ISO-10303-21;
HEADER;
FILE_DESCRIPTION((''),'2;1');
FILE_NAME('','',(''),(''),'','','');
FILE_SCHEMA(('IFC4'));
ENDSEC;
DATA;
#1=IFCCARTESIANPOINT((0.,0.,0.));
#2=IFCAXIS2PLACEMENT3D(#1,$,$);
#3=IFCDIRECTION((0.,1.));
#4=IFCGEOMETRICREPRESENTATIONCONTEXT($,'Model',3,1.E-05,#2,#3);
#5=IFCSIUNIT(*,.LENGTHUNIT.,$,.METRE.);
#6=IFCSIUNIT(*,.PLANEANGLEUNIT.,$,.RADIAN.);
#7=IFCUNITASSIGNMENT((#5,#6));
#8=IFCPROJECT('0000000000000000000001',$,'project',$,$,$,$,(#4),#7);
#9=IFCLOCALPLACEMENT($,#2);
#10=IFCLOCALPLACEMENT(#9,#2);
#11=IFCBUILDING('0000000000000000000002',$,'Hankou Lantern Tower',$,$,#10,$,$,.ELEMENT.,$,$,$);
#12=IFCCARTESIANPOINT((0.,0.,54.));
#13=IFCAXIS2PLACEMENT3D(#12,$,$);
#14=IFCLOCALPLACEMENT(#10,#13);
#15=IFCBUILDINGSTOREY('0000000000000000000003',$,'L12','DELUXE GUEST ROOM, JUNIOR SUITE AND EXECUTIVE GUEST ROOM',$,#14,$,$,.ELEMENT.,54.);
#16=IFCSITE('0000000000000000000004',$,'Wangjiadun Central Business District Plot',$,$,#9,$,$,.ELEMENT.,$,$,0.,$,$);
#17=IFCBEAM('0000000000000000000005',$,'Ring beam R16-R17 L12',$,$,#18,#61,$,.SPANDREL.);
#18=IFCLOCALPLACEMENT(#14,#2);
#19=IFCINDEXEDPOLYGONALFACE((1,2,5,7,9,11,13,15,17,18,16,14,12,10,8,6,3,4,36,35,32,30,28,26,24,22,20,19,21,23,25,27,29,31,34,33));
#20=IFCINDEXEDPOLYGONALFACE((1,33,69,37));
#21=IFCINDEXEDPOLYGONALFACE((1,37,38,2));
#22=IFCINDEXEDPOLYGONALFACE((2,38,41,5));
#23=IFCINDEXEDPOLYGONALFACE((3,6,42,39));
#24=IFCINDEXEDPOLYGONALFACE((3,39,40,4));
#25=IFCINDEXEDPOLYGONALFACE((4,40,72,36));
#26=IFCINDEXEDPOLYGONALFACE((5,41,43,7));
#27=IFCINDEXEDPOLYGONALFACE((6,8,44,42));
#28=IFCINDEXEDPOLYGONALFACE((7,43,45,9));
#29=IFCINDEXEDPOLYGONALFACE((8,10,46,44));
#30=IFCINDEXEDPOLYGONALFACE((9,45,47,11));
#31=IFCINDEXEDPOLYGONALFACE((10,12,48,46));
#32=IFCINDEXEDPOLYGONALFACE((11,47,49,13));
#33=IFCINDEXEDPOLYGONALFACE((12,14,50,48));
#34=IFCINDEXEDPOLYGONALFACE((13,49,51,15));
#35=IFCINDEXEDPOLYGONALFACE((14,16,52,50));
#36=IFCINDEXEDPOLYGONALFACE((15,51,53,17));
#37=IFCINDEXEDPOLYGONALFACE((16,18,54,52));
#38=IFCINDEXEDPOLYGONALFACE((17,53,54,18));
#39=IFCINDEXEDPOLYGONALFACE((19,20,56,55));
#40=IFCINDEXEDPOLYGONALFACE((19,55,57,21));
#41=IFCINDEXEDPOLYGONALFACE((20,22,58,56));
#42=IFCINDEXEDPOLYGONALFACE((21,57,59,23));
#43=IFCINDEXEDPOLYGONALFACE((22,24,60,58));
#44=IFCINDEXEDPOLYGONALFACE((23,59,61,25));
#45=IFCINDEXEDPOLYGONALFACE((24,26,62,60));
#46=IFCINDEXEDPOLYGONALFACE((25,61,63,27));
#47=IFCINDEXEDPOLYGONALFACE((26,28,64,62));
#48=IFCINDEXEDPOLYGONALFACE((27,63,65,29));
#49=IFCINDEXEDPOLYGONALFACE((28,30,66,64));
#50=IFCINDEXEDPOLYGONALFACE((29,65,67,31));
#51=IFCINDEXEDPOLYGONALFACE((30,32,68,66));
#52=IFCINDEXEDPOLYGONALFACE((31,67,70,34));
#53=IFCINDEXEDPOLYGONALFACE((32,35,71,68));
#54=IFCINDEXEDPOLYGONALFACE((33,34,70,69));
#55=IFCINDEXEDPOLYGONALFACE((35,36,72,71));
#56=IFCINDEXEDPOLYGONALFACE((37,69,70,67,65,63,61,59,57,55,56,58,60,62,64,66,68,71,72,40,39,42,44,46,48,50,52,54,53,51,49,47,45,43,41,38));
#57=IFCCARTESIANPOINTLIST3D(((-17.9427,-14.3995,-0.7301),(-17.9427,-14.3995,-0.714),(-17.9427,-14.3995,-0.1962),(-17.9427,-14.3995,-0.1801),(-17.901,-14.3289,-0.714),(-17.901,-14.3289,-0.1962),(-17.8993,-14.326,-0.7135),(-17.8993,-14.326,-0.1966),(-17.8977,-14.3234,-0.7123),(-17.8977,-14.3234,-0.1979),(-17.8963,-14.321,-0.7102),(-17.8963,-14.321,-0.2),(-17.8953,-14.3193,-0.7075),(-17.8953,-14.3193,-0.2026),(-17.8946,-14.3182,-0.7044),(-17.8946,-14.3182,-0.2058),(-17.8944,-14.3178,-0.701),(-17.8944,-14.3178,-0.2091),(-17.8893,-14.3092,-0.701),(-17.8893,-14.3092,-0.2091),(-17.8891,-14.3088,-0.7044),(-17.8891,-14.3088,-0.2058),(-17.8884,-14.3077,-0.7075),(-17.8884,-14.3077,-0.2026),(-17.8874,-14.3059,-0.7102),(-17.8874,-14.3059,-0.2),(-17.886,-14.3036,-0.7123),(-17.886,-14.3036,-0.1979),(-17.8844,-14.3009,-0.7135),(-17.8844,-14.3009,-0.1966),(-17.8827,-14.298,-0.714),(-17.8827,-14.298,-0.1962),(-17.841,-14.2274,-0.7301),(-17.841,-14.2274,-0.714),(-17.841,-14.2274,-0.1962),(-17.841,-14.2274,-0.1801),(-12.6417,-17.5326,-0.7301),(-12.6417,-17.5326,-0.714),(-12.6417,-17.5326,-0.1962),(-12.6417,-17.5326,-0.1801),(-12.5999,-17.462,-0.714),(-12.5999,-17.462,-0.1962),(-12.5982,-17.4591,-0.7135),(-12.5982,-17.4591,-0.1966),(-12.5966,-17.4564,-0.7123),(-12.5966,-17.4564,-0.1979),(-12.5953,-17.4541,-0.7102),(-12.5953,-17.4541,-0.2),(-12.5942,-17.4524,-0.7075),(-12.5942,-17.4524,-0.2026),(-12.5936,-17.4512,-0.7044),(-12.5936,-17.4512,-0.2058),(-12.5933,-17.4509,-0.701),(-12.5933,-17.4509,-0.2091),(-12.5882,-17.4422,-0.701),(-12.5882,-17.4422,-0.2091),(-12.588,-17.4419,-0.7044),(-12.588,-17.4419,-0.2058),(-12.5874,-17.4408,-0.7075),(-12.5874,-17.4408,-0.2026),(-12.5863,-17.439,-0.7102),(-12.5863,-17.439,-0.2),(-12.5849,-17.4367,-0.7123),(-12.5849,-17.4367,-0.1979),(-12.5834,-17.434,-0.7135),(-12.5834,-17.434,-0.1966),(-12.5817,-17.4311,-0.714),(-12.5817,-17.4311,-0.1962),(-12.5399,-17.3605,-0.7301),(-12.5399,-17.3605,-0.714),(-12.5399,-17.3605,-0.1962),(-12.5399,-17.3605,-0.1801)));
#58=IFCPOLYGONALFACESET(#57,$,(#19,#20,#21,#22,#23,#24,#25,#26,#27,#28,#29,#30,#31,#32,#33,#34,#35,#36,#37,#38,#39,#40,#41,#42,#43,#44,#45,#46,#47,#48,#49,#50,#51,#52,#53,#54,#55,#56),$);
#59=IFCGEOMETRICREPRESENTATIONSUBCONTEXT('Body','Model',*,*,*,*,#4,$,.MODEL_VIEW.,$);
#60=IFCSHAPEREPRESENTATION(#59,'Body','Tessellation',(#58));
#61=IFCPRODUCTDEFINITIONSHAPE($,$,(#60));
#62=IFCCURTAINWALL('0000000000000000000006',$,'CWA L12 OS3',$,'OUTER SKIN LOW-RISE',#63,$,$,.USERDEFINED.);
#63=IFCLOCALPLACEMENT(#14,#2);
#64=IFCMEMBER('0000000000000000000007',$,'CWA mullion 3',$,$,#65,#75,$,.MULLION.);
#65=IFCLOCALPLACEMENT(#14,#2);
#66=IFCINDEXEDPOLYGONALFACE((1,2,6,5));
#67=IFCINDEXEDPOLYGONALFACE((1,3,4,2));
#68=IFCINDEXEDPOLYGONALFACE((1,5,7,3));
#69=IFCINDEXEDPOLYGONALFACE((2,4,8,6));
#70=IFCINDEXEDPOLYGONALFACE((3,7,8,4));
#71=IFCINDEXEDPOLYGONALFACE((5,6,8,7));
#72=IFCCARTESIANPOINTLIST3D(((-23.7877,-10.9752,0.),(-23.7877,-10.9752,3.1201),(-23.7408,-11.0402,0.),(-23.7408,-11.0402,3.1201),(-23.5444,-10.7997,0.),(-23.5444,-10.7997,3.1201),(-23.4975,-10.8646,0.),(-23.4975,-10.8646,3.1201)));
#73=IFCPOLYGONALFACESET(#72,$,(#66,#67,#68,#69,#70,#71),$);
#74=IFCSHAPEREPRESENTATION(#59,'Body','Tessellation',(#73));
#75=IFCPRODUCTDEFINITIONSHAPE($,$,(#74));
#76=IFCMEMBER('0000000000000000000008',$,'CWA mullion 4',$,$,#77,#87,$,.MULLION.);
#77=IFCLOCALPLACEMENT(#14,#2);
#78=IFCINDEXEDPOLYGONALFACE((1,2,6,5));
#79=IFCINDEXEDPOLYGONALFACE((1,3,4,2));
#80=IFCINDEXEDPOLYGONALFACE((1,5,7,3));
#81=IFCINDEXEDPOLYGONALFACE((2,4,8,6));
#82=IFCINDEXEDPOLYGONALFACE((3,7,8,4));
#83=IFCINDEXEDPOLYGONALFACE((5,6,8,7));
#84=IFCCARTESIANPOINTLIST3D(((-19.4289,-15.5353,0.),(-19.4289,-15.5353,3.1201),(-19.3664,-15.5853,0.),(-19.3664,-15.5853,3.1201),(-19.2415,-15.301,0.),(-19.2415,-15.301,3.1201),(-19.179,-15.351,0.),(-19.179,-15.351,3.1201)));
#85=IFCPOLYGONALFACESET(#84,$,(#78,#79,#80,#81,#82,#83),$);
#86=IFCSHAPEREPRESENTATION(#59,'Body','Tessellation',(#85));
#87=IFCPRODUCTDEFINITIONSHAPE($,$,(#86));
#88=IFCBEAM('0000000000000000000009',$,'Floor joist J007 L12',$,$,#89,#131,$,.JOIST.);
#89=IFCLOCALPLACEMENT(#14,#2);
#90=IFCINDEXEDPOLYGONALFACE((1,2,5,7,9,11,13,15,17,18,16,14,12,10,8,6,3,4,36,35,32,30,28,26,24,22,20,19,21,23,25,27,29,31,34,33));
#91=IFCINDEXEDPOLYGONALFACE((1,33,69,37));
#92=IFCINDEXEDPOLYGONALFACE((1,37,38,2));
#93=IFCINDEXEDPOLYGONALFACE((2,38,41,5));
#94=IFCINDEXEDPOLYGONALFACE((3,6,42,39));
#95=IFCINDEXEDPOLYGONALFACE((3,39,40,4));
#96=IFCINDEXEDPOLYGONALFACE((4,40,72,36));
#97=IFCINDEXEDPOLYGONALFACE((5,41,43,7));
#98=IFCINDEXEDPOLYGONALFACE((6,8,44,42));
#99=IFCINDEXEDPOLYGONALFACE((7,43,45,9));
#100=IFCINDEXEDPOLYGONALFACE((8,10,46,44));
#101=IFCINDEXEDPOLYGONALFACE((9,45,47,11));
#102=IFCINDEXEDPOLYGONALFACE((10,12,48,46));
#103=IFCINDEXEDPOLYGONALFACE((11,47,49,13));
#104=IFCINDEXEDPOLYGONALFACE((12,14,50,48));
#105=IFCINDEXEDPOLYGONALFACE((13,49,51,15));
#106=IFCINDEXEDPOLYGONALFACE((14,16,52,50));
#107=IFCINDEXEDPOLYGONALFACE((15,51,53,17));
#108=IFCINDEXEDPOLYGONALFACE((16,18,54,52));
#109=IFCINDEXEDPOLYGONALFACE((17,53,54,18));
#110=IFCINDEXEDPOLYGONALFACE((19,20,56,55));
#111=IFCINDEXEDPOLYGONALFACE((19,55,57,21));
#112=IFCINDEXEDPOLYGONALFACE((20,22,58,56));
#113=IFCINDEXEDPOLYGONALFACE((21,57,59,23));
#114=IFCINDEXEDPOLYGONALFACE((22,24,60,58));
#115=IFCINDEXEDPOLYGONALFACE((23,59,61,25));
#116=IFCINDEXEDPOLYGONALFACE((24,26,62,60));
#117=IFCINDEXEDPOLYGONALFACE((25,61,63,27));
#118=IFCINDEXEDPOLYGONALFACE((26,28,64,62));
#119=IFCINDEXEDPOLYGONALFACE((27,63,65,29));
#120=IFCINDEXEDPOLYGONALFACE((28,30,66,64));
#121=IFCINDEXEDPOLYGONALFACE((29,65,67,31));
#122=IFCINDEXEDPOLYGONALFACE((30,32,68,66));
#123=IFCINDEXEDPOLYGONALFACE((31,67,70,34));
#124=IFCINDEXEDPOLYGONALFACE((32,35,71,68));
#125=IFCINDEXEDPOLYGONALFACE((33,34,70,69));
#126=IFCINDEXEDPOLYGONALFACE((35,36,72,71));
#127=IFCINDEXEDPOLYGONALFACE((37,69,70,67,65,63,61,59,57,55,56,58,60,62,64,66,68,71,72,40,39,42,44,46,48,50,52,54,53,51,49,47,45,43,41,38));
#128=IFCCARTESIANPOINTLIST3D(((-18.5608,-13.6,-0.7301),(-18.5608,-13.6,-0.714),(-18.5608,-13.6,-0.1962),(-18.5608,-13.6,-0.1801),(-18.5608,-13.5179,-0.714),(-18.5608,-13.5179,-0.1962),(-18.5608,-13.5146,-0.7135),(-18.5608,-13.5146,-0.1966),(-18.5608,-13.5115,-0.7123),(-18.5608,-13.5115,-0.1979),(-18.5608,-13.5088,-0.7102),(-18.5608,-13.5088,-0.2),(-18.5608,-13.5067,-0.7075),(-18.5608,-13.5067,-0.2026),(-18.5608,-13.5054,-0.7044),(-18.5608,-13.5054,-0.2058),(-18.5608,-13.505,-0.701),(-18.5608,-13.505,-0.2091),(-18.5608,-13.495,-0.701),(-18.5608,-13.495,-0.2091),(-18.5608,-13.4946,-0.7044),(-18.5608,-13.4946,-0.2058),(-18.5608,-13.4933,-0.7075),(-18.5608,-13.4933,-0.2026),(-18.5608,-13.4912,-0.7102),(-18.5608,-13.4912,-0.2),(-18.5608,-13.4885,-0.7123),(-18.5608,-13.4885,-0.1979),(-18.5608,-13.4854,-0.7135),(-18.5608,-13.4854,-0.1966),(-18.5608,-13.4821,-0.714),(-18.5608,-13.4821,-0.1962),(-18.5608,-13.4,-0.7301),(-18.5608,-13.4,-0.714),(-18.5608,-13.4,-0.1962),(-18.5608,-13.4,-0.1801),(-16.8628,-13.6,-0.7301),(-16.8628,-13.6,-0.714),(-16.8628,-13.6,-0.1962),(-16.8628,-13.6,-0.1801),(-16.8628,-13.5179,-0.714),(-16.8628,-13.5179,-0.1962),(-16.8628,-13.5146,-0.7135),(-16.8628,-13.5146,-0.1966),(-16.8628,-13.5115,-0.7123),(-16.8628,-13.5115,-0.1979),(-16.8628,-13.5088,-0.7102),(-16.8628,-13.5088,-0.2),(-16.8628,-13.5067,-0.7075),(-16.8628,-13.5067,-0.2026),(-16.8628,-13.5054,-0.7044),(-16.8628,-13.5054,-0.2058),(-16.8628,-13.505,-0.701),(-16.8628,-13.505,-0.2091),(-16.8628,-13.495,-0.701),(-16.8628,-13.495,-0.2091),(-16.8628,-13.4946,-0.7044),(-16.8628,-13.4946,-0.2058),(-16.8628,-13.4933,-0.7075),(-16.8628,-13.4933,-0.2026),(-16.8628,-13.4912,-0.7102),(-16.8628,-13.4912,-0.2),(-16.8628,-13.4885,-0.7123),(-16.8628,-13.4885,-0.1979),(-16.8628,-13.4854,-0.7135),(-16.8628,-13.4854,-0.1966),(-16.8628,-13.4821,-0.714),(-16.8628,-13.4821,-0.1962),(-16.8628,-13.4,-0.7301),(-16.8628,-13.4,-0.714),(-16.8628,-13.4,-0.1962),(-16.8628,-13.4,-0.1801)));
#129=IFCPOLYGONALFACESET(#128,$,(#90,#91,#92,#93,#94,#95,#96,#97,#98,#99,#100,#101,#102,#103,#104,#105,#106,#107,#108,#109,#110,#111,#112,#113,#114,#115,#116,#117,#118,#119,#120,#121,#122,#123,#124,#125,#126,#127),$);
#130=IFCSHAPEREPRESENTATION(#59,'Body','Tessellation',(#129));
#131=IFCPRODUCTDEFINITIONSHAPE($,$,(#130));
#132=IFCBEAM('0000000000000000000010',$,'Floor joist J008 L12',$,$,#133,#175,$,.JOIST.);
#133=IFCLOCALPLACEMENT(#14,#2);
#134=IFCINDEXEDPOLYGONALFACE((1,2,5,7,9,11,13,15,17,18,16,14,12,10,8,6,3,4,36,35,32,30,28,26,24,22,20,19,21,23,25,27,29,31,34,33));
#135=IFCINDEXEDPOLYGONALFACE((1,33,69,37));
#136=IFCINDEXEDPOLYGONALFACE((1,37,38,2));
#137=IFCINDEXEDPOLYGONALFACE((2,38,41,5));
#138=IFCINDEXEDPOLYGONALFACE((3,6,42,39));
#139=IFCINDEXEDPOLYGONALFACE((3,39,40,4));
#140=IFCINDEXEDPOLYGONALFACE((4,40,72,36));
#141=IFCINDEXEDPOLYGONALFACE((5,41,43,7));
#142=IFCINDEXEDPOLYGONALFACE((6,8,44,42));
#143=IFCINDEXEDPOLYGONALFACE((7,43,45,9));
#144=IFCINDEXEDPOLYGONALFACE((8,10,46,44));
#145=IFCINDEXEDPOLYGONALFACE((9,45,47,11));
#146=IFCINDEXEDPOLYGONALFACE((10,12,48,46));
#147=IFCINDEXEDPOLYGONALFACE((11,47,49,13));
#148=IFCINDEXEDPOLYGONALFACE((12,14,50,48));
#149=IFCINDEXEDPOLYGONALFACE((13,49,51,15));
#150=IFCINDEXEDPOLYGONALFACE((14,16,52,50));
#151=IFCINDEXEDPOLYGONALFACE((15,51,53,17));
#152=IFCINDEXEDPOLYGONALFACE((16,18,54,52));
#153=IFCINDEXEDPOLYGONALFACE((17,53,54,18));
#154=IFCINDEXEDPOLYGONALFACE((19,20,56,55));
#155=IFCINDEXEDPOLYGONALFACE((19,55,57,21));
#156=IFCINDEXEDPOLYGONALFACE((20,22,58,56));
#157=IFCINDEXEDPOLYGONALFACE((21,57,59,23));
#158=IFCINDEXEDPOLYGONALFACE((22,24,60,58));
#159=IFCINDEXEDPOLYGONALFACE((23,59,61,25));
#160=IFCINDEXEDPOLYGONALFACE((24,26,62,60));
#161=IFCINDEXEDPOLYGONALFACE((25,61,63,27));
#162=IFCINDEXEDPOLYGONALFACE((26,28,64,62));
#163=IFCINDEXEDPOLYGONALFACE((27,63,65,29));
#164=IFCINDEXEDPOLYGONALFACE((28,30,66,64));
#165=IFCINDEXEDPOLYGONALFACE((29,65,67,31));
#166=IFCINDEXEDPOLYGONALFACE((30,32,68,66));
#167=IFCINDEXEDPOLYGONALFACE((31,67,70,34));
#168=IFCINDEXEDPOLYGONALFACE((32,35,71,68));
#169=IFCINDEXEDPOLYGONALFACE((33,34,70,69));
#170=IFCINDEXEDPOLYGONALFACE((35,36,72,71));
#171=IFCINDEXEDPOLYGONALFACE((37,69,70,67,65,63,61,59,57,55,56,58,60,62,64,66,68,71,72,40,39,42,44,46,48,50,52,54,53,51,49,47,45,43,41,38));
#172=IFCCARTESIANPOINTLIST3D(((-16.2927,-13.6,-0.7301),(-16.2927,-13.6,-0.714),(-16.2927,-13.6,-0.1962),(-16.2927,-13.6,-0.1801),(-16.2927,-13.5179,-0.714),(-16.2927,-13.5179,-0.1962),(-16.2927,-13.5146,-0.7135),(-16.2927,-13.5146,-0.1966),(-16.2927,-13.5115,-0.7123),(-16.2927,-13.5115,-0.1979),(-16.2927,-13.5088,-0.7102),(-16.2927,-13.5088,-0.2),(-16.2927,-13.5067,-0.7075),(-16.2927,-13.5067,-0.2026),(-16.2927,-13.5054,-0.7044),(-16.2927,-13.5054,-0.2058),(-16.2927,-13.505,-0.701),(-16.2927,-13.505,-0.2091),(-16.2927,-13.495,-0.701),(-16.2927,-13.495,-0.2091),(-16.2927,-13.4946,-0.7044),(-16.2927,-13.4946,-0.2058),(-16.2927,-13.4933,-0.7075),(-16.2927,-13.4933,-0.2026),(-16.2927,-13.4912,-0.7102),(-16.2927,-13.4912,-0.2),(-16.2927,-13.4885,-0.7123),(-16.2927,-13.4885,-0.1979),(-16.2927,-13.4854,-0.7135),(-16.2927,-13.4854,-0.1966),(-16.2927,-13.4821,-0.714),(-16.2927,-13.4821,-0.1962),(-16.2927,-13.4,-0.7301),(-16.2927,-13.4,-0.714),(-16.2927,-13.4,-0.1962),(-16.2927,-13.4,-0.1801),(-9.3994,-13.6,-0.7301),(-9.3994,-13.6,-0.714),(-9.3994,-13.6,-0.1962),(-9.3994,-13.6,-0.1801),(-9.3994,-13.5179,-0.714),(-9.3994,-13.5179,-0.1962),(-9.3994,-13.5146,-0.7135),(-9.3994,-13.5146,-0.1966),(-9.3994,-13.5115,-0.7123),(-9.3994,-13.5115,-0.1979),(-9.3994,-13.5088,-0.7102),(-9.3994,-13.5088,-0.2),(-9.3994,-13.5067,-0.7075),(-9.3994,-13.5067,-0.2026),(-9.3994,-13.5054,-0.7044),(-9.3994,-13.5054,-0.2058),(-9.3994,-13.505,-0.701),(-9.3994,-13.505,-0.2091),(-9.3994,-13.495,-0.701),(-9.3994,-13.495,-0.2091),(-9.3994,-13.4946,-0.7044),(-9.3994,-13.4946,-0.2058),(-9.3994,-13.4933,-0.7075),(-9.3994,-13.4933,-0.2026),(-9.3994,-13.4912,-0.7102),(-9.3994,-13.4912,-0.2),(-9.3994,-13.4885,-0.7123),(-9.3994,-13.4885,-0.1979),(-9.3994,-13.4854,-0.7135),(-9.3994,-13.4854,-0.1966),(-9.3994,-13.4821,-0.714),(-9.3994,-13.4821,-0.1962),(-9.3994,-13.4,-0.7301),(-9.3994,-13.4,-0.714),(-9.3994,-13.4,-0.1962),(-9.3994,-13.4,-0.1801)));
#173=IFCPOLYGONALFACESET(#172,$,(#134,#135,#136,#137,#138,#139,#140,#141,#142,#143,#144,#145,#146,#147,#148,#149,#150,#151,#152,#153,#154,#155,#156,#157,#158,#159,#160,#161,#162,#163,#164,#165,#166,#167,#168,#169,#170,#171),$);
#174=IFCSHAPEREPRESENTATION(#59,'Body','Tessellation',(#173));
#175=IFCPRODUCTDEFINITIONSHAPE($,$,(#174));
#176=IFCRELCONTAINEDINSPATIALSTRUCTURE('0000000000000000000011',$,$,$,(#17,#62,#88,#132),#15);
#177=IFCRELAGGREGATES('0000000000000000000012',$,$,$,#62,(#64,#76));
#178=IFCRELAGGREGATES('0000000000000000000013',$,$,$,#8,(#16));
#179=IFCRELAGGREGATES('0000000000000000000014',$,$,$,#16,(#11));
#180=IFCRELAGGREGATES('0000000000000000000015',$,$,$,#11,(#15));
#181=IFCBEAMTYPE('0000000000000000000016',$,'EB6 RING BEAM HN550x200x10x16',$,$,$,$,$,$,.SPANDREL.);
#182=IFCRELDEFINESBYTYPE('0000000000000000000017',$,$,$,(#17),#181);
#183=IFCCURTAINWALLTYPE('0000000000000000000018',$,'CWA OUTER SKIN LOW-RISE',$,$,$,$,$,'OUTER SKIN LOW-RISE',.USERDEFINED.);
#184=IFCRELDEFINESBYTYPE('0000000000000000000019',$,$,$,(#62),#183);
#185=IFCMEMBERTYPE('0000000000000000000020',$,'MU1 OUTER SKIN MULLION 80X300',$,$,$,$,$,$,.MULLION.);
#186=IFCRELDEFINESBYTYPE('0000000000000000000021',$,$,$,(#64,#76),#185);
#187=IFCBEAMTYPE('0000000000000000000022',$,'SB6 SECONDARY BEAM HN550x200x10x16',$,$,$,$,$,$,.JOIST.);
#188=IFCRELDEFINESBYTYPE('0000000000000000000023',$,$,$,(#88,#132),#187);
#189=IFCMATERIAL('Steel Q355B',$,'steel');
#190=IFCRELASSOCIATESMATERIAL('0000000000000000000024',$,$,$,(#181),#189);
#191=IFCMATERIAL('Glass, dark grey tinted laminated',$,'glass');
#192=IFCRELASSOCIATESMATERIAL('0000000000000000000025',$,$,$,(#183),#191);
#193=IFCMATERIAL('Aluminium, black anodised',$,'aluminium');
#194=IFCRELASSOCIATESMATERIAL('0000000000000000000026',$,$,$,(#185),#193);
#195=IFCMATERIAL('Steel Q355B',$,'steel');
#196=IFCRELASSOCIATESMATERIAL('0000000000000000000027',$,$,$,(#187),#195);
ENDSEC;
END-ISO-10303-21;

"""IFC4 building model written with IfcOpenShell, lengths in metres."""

from ifc_helpers import new_model, si_unit, direction, frame, origin, origin_2d, place, context, subcontext, project, spatial, rectangle, i_section, extrude, material, material_profile, profile_set, type_object, element, aggregate, save


model = new_model("IFC4")

# Units and contexts
model_context = context("Model", 3, precision=1e-05, world=origin(), true_north=direction((0.0, 1.0)))
body_context = subcontext(model_context, "Body", "Model", "MODEL_VIEW")
ifc_project = project(units=[si_unit("LENGTHUNIT", "METRE"), si_unit("PLANEANGLEUNIT", "RADIAN")], contexts=[model_context])

# Site, building, storey
site_placement = place(None, origin())
site = spatial("IfcSite", under=ifc_project, at=site_placement, Name="Wangjiadun Central Business District Plot", CompositionType="ELEMENT", RefElevation=0.0)
building_placement = place(site_placement, origin())
building = spatial("IfcBuilding", under=site, at=building_placement, Name="Hankou Lantern Tower", CompositionType="ELEMENT")
storey_placement = place(building_placement, frame((0.0, 0.0, 54.0)))
storey = spatial("IfcBuildingStorey", under=building, at=storey_placement, Name="L12", Description="DELUXE GUEST ROOM, JUNIOR SUITE AND EXECUTIVE GUEST ROOM", CompositionType="ELEMENT", Elevation=54.0)

# Beam
ifc_material_1 = material(Name="Steel Q355B", Category="steel")
ifc_material_profile_1 = material_profile(ifc_material_1, i_section(OverallWidth=0.2, OverallDepth=0.55, WebThickness=0.01, FlangeThickness=0.0161, FilletRadius=0.0129, at=origin_2d()), Name="HN550x200x10x16")
ifc_profile_set_1 = profile_set([ifc_material_profile_1], Name="Steel Q355B")
beam_type_1 = type_object("IfcBeamType", Name="EB6 RING BEAM HN550x200x10x16", PredefinedType="SPANDREL", material=ifc_profile_set_1)
beam_1_placement = place(storey_placement, frame((-17.8918, -14.3135, -0.4551), z_axis=(0.860882, -0.508805, 0.0), x_axis=(0.508805, 0.860882, 0.0)))
element("IfcBeam", 1, at=beam_1_placement, inside=storey, type_object=beam_type_1, Name="Ring beam R16-R17 L12", PredefinedType="SPANDREL", context=body_context, shape_type="SweptSolid", body=[
    extrude(i_section(OverallWidth=0.2, OverallDepth=0.55, WebThickness=0.01, FlangeThickness=0.0161, FilletRadius=0.0129, at=origin_2d()), origin(), (0.0, 0.0, 1.0), 6.1577),
])

# Curtain wall, members
ifc_material_2 = material(Name="Glass, dark grey tinted laminated", Category="glass")
curtain_wall_type = type_object("IfcCurtainWallType", Name="CWA OUTER SKIN LOW-RISE", ElementType="OUTER SKIN LOW-RISE", PredefinedType="USERDEFINED", material=ifc_material_2)
curtain_wall_placement = place(storey_placement, origin())
curtain_wall = element("IfcCurtainWall", 2, at=curtain_wall_placement, inside=storey, type_object=curtain_wall_type, Name="CWA L12 OS3", ObjectType="OUTER SKIN LOW-RISE", PredefinedType="USERDEFINED")
ifc_material_3 = material(Name="Aluminium, black anodised", Category="aluminium")
ifc_material_profile_2 = material_profile(ifc_material_3, rectangle(XDim=0.0801, YDim=0.3, at=origin_2d()), Name="MU1 80X300")
ifc_profile_set_2 = profile_set([ifc_material_profile_2], Name="Aluminium, black anodised")
member_type_1 = type_object("IfcMemberType", Name="MU1 OUTER SKIN MULLION 80X300", PredefinedType="MULLION", material=ifc_profile_set_2)
member_1_placement = place(storey_placement, frame((-23.6426, -10.9199, 0.0), z_axis=(0.0, 0.0, 1.0), x_axis=(0.585206, -0.810885, 0.0)))
member_1 = element("IfcMember", 3, at=member_1_placement, type_object=member_type_1, Name="CWA mullion 3", PredefinedType="MULLION", context=body_context, shape_type="SweptSolid", body=[
    extrude(rectangle(XDim=0.0801, YDim=0.3, at=origin_2d()), origin(), (0.0, 0.0, 1.0), 3.1201),
])
member_2_placement = place(storey_placement, frame((-19.304, -15.4431, 0.0), z_axis=(0.0, 0.0, 1.0), x_axis=(0.780869, -0.624695, 0.0)))
member_2 = element("IfcMember", 4, at=member_2_placement, type_object=member_type_1, Name="CWA mullion 4", PredefinedType="MULLION", context=body_context, shape_type="SweptSolid", body=[
    extrude(rectangle(XDim=0.0801, YDim=0.3, at=origin_2d()), origin(), (0.0, 0.0, 1.0), 3.1201),
])

# Beams
ifc_material_4 = material(Name="Steel Q355B", Category="steel")
ifc_material_profile_3 = material_profile(ifc_material_4, i_section(OverallWidth=0.2, OverallDepth=0.55, WebThickness=0.01, FlangeThickness=0.0161, FilletRadius=0.0129, at=origin_2d()), Name="HN550x200x10x16")
ifc_profile_set_3 = profile_set([ifc_material_profile_3], Name="Steel Q355B")
beam_type_2 = type_object("IfcBeamType", Name="SB6 SECONDARY BEAM HN550x200x10x16", PredefinedType="JOIST", material=ifc_profile_set_3)
beam_2_placement = place(storey_placement, frame((-18.5608, -13.5, -0.4551), z_axis=(1.0, 0.0, 0.0), x_axis=(0.0, 1.0, 0.0)))
element("IfcBeam", 5, at=beam_2_placement, inside=storey, type_object=beam_type_2, Name="Floor joist J007 L12", PredefinedType="JOIST", context=body_context, shape_type="SweptSolid", body=[
    extrude(i_section(OverallWidth=0.2, OverallDepth=0.55, WebThickness=0.01, FlangeThickness=0.0161, FilletRadius=0.0129, at=origin_2d()), origin(), (0.0, 0.0, 1.0), 1.698),
])
beam_3_placement = place(storey_placement, frame((-16.2927, -13.5, -0.4551), z_axis=(1.0, 0.0, 0.0), x_axis=(0.0, 1.0, 0.0)))
element("IfcBeam", 6, at=beam_3_placement, inside=storey, type_object=beam_type_2, Name="Floor joist J008 L12", PredefinedType="JOIST", context=body_context, shape_type="SweptSolid", body=[
    extrude(i_section(OverallWidth=0.2, OverallDepth=0.55, WebThickness=0.01, FlangeThickness=0.0161, FilletRadius=0.0129, at=origin_2d()), origin(), (0.0, 0.0, 1.0), 6.8933),
])

aggregate(curtain_wall, [member_1, member_2])

save(model, "model.ifc")
